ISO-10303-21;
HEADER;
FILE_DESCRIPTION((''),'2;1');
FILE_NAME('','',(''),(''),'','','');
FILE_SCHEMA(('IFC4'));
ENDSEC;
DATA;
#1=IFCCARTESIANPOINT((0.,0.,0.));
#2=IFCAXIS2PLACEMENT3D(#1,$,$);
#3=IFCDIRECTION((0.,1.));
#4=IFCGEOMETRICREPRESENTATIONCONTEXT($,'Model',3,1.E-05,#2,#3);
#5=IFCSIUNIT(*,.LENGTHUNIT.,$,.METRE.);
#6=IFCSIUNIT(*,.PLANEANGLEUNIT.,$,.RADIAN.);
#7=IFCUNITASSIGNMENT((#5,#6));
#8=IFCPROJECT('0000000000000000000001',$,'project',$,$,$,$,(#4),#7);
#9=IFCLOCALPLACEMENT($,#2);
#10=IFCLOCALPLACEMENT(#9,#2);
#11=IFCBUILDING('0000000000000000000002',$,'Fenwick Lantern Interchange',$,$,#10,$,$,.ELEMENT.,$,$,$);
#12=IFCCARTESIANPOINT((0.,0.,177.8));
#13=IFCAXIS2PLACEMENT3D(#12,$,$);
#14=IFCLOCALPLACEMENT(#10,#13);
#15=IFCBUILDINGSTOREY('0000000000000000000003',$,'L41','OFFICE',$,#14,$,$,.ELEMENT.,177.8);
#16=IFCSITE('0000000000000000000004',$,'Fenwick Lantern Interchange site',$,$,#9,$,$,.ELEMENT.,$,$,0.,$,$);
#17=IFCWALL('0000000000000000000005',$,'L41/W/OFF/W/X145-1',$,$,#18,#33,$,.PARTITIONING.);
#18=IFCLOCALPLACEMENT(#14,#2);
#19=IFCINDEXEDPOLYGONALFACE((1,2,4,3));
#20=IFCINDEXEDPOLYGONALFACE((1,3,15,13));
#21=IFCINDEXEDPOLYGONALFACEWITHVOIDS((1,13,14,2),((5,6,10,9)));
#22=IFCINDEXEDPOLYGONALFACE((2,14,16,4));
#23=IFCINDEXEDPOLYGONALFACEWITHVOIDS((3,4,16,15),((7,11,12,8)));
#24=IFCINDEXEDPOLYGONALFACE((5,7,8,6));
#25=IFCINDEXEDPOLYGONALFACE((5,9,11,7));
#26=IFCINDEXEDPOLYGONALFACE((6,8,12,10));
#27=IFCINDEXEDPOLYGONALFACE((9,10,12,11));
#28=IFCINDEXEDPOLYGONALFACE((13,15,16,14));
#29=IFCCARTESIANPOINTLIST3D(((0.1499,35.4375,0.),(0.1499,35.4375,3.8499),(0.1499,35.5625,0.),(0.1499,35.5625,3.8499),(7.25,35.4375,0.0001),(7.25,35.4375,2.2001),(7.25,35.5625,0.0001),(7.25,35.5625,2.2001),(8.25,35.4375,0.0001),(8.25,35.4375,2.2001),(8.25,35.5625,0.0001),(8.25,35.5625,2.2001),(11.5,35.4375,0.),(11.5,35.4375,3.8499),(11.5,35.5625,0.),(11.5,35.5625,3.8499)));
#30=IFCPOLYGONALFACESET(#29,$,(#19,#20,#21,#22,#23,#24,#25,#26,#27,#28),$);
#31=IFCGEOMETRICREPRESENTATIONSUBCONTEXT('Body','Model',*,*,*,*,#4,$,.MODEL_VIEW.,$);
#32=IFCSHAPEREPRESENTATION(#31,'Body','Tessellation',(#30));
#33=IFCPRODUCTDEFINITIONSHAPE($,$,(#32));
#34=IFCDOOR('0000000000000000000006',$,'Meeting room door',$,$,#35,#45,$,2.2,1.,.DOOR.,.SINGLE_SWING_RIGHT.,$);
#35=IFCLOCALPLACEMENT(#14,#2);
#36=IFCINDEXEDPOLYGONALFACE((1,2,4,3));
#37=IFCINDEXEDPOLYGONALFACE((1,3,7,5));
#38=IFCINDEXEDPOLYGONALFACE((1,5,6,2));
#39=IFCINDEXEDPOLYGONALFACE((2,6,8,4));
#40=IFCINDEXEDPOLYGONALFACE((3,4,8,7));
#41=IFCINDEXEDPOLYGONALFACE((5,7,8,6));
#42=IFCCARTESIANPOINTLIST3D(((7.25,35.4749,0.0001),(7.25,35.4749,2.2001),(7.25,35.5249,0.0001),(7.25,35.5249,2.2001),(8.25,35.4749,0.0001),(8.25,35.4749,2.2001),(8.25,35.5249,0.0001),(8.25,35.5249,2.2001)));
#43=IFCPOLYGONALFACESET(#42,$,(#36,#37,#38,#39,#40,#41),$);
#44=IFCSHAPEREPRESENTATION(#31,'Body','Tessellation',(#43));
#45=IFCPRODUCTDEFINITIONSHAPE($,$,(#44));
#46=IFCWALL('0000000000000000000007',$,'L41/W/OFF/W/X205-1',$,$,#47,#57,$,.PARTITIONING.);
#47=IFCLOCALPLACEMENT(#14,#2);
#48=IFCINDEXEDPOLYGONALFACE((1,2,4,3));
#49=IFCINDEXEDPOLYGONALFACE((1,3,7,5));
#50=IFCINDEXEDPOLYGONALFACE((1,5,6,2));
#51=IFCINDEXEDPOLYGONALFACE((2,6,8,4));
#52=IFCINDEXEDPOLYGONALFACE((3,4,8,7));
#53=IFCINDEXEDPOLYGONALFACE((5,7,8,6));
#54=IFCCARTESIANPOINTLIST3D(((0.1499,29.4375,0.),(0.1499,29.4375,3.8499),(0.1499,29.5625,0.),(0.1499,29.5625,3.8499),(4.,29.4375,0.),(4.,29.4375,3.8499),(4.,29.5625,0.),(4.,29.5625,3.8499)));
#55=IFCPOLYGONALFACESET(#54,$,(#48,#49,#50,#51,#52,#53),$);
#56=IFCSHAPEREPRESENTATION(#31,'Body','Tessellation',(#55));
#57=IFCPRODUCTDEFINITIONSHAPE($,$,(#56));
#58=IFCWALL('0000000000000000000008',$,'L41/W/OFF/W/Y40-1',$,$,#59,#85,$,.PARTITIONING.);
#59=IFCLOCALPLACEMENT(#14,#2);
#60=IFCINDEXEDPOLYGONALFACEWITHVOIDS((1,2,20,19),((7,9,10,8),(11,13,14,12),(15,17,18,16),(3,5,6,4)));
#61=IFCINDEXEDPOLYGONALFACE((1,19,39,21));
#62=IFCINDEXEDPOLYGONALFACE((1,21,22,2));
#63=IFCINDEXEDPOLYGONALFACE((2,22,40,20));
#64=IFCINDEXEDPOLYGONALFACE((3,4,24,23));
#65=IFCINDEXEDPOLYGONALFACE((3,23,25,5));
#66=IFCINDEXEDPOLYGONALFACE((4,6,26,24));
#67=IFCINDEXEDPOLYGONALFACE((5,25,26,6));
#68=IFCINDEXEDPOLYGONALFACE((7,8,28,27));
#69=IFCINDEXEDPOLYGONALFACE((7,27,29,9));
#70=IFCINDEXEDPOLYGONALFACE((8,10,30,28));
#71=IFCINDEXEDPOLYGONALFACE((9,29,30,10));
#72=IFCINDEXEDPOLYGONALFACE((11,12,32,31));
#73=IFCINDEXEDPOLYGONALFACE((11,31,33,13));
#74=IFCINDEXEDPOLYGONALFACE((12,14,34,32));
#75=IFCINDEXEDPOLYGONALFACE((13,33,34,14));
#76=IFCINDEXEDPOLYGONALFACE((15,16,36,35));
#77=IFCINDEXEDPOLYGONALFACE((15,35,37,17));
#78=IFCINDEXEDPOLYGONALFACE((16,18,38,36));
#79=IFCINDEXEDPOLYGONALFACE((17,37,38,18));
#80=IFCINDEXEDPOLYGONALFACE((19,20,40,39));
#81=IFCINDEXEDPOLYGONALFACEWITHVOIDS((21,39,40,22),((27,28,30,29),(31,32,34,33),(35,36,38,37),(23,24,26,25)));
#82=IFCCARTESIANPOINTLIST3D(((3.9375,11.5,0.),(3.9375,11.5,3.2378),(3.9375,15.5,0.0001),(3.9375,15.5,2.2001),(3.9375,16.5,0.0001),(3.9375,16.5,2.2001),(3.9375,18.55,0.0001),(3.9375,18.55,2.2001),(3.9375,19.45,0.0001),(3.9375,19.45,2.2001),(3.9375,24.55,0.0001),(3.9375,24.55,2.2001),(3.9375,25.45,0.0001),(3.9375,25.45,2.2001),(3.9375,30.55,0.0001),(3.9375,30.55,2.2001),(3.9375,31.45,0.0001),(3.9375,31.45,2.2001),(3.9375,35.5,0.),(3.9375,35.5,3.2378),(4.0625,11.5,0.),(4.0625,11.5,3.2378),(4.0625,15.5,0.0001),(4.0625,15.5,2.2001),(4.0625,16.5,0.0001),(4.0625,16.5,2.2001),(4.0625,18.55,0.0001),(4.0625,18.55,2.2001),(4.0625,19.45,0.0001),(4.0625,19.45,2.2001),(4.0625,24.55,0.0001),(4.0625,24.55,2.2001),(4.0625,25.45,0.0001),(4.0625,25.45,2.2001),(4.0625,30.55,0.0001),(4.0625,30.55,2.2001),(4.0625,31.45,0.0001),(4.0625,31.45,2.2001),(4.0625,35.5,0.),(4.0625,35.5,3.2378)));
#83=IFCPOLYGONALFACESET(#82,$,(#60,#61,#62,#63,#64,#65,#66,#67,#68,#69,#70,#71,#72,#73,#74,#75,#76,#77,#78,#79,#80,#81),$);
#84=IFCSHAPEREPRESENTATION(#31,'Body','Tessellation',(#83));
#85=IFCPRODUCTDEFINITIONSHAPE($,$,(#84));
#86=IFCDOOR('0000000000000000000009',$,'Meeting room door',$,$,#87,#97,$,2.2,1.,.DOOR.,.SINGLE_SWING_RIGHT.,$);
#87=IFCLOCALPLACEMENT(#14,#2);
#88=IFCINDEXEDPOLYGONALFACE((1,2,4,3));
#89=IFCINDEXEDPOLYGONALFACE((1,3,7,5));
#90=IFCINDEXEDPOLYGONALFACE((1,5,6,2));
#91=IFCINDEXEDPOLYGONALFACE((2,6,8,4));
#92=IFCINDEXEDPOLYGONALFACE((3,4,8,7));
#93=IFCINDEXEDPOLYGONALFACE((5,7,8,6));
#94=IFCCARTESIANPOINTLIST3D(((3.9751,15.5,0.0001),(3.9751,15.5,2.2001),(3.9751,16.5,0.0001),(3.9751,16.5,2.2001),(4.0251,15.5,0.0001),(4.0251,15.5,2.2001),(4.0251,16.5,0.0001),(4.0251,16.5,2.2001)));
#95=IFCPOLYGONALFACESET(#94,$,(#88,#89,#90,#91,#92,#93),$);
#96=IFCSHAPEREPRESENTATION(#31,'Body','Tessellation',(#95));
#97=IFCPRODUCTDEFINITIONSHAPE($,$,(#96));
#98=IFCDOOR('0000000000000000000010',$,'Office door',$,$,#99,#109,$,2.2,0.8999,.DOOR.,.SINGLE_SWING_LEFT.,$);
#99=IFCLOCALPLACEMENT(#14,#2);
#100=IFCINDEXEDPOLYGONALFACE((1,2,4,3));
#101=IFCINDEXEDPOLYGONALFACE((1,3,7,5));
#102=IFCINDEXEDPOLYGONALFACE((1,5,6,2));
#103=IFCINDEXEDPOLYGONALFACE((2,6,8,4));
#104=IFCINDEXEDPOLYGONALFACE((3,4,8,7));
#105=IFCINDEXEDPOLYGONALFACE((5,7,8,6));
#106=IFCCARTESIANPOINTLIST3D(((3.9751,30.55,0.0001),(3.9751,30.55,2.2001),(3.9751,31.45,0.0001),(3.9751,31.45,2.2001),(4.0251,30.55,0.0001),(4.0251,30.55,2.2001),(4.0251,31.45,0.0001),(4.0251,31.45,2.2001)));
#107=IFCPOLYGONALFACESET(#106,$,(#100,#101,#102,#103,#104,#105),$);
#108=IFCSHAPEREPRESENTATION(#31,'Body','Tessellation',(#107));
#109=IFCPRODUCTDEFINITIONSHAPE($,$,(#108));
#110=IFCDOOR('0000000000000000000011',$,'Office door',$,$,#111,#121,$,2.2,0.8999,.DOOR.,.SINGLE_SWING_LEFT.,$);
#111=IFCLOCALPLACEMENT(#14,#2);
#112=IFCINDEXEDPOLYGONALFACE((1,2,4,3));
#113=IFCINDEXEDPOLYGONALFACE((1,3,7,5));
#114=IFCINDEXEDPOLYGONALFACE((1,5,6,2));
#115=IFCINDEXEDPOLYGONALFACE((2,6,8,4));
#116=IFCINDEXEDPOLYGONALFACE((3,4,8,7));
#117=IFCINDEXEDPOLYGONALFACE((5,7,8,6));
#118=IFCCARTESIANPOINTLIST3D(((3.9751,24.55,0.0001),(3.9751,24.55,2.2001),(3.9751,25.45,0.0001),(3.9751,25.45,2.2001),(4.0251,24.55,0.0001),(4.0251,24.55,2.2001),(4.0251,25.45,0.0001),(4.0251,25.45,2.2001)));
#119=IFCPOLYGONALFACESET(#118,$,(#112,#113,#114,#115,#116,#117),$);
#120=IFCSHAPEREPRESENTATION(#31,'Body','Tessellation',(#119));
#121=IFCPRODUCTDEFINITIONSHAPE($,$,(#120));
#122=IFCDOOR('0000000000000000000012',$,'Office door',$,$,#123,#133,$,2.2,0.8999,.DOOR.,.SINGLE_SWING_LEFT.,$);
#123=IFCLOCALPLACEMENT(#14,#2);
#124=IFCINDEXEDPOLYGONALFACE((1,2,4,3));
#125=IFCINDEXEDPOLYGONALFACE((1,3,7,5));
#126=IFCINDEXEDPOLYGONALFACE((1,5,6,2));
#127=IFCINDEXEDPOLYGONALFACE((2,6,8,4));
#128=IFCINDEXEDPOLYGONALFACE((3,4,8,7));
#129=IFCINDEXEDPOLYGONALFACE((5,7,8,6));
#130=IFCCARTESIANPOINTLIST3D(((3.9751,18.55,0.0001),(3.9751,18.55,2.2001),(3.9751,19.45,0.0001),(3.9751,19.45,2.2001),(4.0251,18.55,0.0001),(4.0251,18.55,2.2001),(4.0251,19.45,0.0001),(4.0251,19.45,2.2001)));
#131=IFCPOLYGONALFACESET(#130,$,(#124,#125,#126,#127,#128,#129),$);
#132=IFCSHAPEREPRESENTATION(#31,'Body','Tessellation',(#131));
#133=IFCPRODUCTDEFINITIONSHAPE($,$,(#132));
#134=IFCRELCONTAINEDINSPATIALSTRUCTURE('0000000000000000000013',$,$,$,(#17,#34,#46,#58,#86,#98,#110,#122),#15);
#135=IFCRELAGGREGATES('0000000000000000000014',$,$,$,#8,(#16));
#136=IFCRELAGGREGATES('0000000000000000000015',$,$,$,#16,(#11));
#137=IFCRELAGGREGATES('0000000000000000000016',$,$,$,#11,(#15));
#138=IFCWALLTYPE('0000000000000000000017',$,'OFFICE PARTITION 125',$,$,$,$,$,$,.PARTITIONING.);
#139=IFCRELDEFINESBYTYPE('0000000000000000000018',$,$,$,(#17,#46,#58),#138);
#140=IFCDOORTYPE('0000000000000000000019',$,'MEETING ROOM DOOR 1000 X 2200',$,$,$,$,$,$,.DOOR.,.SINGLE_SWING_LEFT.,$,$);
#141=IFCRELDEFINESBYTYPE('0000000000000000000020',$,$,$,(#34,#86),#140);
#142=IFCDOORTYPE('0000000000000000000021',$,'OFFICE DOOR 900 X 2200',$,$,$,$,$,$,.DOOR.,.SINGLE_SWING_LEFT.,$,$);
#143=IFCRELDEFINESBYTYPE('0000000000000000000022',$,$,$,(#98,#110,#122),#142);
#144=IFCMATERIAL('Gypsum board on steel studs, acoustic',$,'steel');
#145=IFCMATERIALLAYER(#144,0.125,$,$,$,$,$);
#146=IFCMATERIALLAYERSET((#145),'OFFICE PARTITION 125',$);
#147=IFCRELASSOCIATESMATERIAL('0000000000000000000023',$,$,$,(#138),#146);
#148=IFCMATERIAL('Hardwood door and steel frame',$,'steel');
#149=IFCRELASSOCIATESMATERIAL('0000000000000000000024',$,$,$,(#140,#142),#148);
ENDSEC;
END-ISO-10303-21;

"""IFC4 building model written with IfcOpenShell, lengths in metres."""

from ifc_helpers import new_model, si_unit, direction, frame, frame_2d, origin, place, context, subcontext, project, spatial, rectangle, extrude, material, layer, layer_set, type_object, element, fill, save


model = new_model("IFC4")

# Units and contexts
model_context = context("Model", 3, precision=1e-05, world=origin(), true_north=direction((0.0, 1.0)))
body_context = subcontext(model_context, "Body", "Model", "MODEL_VIEW")
ifc_project = project(units=[si_unit("LENGTHUNIT", "METRE"), si_unit("PLANEANGLEUNIT", "RADIAN")], contexts=[model_context])

# Site, building, storey
site_placement = place(None, origin())
site = spatial("IfcSite", under=ifc_project, at=site_placement, Name="Fenwick Lantern Interchange site", CompositionType="ELEMENT", RefElevation=0.0)
building_placement = place(site_placement, origin())
building = spatial("IfcBuilding", under=site, at=building_placement, Name="Fenwick Lantern Interchange", CompositionType="ELEMENT")
storey_placement = place(building_placement, frame((0.0, 0.0, 177.8)))
storey = spatial("IfcBuildingStorey", under=building, at=storey_placement, Name="L41", Description="OFFICE", CompositionType="ELEMENT", Elevation=177.8)

# Shared definitions
ifc_material_1 = material(Name="Hardwood door and steel frame", Category="steel")

# Wall, opening, door
ifc_material_2 = material(Name="Gypsum board on steel studs, acoustic", Category="steel")
ifc_layer_1 = layer(ifc_material_2, 0.125)
ifc_layer_set_1 = layer_set([ifc_layer_1], Name="OFFICE PARTITION 125")
wall_type_1 = type_object("IfcWallType", Name="OFFICE PARTITION 125", PredefinedType="PARTITIONING", material=ifc_layer_set_1)
wall_1_placement = place(storey_placement, frame((0.1499, 35.5, 0.0), z_axis=(0.0, 0.0, 1.0), x_axis=(1.0, 0.0, 0.0)))
wall_1 = element("IfcWall", 1, at=wall_1_placement, inside=storey, type_object=wall_type_1, Name="L41/W/OFF/W/X145-1", PredefinedType="PARTITIONING", context=body_context, shape_type="SweptSolid", body=[
    extrude(rectangle(XDim=11.3501, YDim=0.125, at=frame_2d((5.675, 0.0))), origin(), (0.0, 0.0, 1.0), 3.8499),
])
opening_1_placement = place(wall_1_placement, frame((7.1001, 0.0, 0.0)))
opening_1 = element("IfcOpeningElement", 2, at=opening_1_placement, cuts=wall_1, PredefinedType="OPENING", context=body_context, shape_type="SweptSolid", body=[
    extrude(rectangle(XDim=1.0, YDim=2.2, at=frame_2d((0.5, 1.1001))), frame((0.0, 0.0725, 0.0), z_axis=(0.0, -1.0, 0.0), x_axis=(1.0, 0.0, 0.0)), (0.0, 0.0, 1.0), 0.145),
])
door_type_1 = type_object("IfcDoorType", Name="MEETING ROOM DOOR 1000 X 2200", OperationType="SINGLE_SWING_LEFT", PredefinedType="DOOR", material=ifc_material_1)
door_1_placement = place(opening_1_placement, origin())
door_1 = element("IfcDoor", 3, at=door_1_placement, inside=storey, type_object=door_type_1, Name="Meeting room door", OperationType="SINGLE_SWING_RIGHT", OverallHeight=2.2, OverallWidth=1.0, PredefinedType="DOOR", context=body_context, shape_type="SweptSolid", body=[
    extrude(rectangle(XDim=1.0, YDim=2.2, at=frame_2d((0.5, 1.1001))), frame((0.0, 0.0249, 0.0), z_axis=(0.0, -1.0, 0.0), x_axis=(1.0, 0.0, 0.0)), (0.0, 0.0, 1.0), 0.05),
])
fill(opening_1, door_1)

# Wall
wall_2_placement = place(storey_placement, frame((0.1499, 29.5, 0.0), z_axis=(0.0, 0.0, 1.0), x_axis=(1.0, 0.0, 0.0)))
element("IfcWall", 4, at=wall_2_placement, inside=storey, type_object=wall_type_1, Name="L41/W/OFF/W/X205-1", PredefinedType="PARTITIONING", context=body_context, shape_type="SweptSolid", body=[
    extrude(rectangle(XDim=3.8501, YDim=0.125, at=frame_2d((1.925, 0.0))), origin(), (0.0, 0.0, 1.0), 3.8499),
])

# Wall, openings, doors
wall_3_placement = place(storey_placement, frame((4.0, 35.5, 0.0), z_axis=(0.0, 0.0, 1.0), x_axis=(0.0, -1.0, 0.0)))
wall_3 = element("IfcWall", 5, at=wall_3_placement, inside=storey, type_object=wall_type_1, Name="L41/W/OFF/W/Y40-1", PredefinedType="PARTITIONING", context=body_context, shape_type="SweptSolid", body=[
    extrude(rectangle(XDim=24.0, YDim=0.125, at=frame_2d((12.0, 0.0))), origin(), (0.0, 0.0, 1.0), 3.2378),
])
opening_2_placement = place(wall_3_placement, frame((4.05, 0.0, 0.0)))
opening_2 = element("IfcOpeningElement", 6, at=opening_2_placement, cuts=wall_3, PredefinedType="OPENING", context=body_context, shape_type="SweptSolid", body=[
    extrude(rectangle(XDim=0.8999, YDim=2.2, at=frame_2d((0.45, 1.1001))), frame((0.0, 0.0725, 0.0), z_axis=(0.0, -1.0, 0.0), x_axis=(1.0, 0.0, 0.0)), (0.0, 0.0, 1.0), 0.145),
])
opening_3_placement = place(wall_3_placement, frame((10.05, 0.0, 0.0)))
opening_3 = element("IfcOpeningElement", 7, at=opening_3_placement, cuts=wall_3, PredefinedType="OPENING", context=body_context, shape_type="SweptSolid", body=[
    extrude(rectangle(XDim=0.8999, YDim=2.2, at=frame_2d((0.45, 1.1001))), frame((0.0, 0.0725, 0.0), z_axis=(0.0, -1.0, 0.0), x_axis=(1.0, 0.0, 0.0)), (0.0, 0.0, 1.0), 0.145),
])
opening_4_placement = place(wall_3_placement, frame((16.05, 0.0, 0.0)))
opening_4 = element("IfcOpeningElement", 8, at=opening_4_placement, cuts=wall_3, PredefinedType="OPENING", context=body_context, shape_type="SweptSolid", body=[
    extrude(rectangle(XDim=0.8999, YDim=2.2, at=frame_2d((0.45, 1.1001))), frame((0.0, 0.0725, 0.0), z_axis=(0.0, -1.0, 0.0), x_axis=(1.0, 0.0, 0.0)), (0.0, 0.0, 1.0), 0.145),
])
opening_5_placement = place(wall_3_placement, frame((19.0, 0.0, 0.0)))
opening_5 = element("IfcOpeningElement", 9, at=opening_5_placement, cuts=wall_3, PredefinedType="OPENING", context=body_context, shape_type="SweptSolid", body=[
    extrude(rectangle(XDim=1.0, YDim=2.2, at=frame_2d((0.5, 1.1001))), frame((0.0, 0.0725, 0.0), z_axis=(0.0, -1.0, 0.0), x_axis=(1.0, 0.0, 0.0)), (0.0, 0.0, 1.0), 0.145),
])
door_2_placement = place(opening_5_placement, frame((1.0, 0.0, 0.0), z_axis=(0.0, 0.0, 1.0), x_axis=(-1.0, 0.0, 0.0)))
door_2 = element("IfcDoor", 10, at=door_2_placement, inside=storey, type_object=door_type_1, Name="Meeting room door", OperationType="SINGLE_SWING_RIGHT", OverallHeight=2.2, OverallWidth=1.0, PredefinedType="DOOR", context=body_context, shape_type="SweptSolid", body=[
    extrude(rectangle(XDim=1.0, YDim=2.2, at=frame_2d((0.5, 1.1001))), frame((0.0, 0.0249, 0.0), z_axis=(0.0, -1.0, 0.0), x_axis=(1.0, 0.0, 0.0)), (0.0, 0.0, 1.0), 0.05),
])
fill(opening_5, door_2)
door_type_2 = type_object("IfcDoorType", Name="OFFICE DOOR 900 X 2200", OperationType="SINGLE_SWING_LEFT", PredefinedType="DOOR", material=ifc_material_1)
door_3_placement = place(opening_2_placement, frame((0.8999, 0.0, 0.0), z_axis=(0.0, 0.0, 1.0), x_axis=(-1.0, 0.0, 0.0)))
door_3 = element("IfcDoor", 11, at=door_3_placement, inside=storey, type_object=door_type_2, Name="Office door", OperationType="SINGLE_SWING_LEFT", OverallHeight=2.2, OverallWidth=0.8999, PredefinedType="DOOR", context=body_context, shape_type="SweptSolid", body=[
    extrude(rectangle(XDim=0.8999, YDim=2.2, at=frame_2d((0.45, 1.1001))), frame((0.0, 0.0249, 0.0), z_axis=(0.0, -1.0, 0.0), x_axis=(1.0, 0.0, 0.0)), (0.0, 0.0, 1.0), 0.05),
])
fill(opening_2, door_3)
door_4_placement = place(opening_3_placement, frame((0.8999, 0.0, 0.0), z_axis=(0.0, 0.0, 1.0), x_axis=(-1.0, 0.0, 0.0)))
door_4 = element("IfcDoor", 12, at=door_4_placement, inside=storey, type_object=door_type_2, Name="Office door", OperationType="SINGLE_SWING_LEFT", OverallHeight=2.2, OverallWidth=0.8999, PredefinedType="DOOR", context=body_context, shape_type="SweptSolid", body=[
    extrude(rectangle(XDim=0.8999, YDim=2.2, at=frame_2d((0.45, 1.1001))), frame((0.0, 0.0249, 0.0), z_axis=(0.0, -1.0, 0.0), x_axis=(1.0, 0.0, 0.0)), (0.0, 0.0, 1.0), 0.05),
])
fill(opening_3, door_4)
door_5_placement = place(opening_4_placement, frame((0.8999, 0.0, 0.0), z_axis=(0.0, 0.0, 1.0), x_axis=(-1.0, 0.0, 0.0)))
door_5 = element("IfcDoor", 13, at=door_5_placement, inside=storey, type_object=door_type_2, Name="Office door", OperationType="SINGLE_SWING_LEFT", OverallHeight=2.2, OverallWidth=0.8999, PredefinedType="DOOR", context=body_context, shape_type="SweptSolid", body=[
    extrude(rectangle(XDim=0.8999, YDim=2.2, at=frame_2d((0.45, 1.1001))), frame((0.0, 0.0249, 0.0), z_axis=(0.0, -1.0, 0.0), x_axis=(1.0, 0.0, 0.0)), (0.0, 0.0, 1.0), 0.05),
])
fill(opening_4, door_5)

save(model, "model.ifc")
